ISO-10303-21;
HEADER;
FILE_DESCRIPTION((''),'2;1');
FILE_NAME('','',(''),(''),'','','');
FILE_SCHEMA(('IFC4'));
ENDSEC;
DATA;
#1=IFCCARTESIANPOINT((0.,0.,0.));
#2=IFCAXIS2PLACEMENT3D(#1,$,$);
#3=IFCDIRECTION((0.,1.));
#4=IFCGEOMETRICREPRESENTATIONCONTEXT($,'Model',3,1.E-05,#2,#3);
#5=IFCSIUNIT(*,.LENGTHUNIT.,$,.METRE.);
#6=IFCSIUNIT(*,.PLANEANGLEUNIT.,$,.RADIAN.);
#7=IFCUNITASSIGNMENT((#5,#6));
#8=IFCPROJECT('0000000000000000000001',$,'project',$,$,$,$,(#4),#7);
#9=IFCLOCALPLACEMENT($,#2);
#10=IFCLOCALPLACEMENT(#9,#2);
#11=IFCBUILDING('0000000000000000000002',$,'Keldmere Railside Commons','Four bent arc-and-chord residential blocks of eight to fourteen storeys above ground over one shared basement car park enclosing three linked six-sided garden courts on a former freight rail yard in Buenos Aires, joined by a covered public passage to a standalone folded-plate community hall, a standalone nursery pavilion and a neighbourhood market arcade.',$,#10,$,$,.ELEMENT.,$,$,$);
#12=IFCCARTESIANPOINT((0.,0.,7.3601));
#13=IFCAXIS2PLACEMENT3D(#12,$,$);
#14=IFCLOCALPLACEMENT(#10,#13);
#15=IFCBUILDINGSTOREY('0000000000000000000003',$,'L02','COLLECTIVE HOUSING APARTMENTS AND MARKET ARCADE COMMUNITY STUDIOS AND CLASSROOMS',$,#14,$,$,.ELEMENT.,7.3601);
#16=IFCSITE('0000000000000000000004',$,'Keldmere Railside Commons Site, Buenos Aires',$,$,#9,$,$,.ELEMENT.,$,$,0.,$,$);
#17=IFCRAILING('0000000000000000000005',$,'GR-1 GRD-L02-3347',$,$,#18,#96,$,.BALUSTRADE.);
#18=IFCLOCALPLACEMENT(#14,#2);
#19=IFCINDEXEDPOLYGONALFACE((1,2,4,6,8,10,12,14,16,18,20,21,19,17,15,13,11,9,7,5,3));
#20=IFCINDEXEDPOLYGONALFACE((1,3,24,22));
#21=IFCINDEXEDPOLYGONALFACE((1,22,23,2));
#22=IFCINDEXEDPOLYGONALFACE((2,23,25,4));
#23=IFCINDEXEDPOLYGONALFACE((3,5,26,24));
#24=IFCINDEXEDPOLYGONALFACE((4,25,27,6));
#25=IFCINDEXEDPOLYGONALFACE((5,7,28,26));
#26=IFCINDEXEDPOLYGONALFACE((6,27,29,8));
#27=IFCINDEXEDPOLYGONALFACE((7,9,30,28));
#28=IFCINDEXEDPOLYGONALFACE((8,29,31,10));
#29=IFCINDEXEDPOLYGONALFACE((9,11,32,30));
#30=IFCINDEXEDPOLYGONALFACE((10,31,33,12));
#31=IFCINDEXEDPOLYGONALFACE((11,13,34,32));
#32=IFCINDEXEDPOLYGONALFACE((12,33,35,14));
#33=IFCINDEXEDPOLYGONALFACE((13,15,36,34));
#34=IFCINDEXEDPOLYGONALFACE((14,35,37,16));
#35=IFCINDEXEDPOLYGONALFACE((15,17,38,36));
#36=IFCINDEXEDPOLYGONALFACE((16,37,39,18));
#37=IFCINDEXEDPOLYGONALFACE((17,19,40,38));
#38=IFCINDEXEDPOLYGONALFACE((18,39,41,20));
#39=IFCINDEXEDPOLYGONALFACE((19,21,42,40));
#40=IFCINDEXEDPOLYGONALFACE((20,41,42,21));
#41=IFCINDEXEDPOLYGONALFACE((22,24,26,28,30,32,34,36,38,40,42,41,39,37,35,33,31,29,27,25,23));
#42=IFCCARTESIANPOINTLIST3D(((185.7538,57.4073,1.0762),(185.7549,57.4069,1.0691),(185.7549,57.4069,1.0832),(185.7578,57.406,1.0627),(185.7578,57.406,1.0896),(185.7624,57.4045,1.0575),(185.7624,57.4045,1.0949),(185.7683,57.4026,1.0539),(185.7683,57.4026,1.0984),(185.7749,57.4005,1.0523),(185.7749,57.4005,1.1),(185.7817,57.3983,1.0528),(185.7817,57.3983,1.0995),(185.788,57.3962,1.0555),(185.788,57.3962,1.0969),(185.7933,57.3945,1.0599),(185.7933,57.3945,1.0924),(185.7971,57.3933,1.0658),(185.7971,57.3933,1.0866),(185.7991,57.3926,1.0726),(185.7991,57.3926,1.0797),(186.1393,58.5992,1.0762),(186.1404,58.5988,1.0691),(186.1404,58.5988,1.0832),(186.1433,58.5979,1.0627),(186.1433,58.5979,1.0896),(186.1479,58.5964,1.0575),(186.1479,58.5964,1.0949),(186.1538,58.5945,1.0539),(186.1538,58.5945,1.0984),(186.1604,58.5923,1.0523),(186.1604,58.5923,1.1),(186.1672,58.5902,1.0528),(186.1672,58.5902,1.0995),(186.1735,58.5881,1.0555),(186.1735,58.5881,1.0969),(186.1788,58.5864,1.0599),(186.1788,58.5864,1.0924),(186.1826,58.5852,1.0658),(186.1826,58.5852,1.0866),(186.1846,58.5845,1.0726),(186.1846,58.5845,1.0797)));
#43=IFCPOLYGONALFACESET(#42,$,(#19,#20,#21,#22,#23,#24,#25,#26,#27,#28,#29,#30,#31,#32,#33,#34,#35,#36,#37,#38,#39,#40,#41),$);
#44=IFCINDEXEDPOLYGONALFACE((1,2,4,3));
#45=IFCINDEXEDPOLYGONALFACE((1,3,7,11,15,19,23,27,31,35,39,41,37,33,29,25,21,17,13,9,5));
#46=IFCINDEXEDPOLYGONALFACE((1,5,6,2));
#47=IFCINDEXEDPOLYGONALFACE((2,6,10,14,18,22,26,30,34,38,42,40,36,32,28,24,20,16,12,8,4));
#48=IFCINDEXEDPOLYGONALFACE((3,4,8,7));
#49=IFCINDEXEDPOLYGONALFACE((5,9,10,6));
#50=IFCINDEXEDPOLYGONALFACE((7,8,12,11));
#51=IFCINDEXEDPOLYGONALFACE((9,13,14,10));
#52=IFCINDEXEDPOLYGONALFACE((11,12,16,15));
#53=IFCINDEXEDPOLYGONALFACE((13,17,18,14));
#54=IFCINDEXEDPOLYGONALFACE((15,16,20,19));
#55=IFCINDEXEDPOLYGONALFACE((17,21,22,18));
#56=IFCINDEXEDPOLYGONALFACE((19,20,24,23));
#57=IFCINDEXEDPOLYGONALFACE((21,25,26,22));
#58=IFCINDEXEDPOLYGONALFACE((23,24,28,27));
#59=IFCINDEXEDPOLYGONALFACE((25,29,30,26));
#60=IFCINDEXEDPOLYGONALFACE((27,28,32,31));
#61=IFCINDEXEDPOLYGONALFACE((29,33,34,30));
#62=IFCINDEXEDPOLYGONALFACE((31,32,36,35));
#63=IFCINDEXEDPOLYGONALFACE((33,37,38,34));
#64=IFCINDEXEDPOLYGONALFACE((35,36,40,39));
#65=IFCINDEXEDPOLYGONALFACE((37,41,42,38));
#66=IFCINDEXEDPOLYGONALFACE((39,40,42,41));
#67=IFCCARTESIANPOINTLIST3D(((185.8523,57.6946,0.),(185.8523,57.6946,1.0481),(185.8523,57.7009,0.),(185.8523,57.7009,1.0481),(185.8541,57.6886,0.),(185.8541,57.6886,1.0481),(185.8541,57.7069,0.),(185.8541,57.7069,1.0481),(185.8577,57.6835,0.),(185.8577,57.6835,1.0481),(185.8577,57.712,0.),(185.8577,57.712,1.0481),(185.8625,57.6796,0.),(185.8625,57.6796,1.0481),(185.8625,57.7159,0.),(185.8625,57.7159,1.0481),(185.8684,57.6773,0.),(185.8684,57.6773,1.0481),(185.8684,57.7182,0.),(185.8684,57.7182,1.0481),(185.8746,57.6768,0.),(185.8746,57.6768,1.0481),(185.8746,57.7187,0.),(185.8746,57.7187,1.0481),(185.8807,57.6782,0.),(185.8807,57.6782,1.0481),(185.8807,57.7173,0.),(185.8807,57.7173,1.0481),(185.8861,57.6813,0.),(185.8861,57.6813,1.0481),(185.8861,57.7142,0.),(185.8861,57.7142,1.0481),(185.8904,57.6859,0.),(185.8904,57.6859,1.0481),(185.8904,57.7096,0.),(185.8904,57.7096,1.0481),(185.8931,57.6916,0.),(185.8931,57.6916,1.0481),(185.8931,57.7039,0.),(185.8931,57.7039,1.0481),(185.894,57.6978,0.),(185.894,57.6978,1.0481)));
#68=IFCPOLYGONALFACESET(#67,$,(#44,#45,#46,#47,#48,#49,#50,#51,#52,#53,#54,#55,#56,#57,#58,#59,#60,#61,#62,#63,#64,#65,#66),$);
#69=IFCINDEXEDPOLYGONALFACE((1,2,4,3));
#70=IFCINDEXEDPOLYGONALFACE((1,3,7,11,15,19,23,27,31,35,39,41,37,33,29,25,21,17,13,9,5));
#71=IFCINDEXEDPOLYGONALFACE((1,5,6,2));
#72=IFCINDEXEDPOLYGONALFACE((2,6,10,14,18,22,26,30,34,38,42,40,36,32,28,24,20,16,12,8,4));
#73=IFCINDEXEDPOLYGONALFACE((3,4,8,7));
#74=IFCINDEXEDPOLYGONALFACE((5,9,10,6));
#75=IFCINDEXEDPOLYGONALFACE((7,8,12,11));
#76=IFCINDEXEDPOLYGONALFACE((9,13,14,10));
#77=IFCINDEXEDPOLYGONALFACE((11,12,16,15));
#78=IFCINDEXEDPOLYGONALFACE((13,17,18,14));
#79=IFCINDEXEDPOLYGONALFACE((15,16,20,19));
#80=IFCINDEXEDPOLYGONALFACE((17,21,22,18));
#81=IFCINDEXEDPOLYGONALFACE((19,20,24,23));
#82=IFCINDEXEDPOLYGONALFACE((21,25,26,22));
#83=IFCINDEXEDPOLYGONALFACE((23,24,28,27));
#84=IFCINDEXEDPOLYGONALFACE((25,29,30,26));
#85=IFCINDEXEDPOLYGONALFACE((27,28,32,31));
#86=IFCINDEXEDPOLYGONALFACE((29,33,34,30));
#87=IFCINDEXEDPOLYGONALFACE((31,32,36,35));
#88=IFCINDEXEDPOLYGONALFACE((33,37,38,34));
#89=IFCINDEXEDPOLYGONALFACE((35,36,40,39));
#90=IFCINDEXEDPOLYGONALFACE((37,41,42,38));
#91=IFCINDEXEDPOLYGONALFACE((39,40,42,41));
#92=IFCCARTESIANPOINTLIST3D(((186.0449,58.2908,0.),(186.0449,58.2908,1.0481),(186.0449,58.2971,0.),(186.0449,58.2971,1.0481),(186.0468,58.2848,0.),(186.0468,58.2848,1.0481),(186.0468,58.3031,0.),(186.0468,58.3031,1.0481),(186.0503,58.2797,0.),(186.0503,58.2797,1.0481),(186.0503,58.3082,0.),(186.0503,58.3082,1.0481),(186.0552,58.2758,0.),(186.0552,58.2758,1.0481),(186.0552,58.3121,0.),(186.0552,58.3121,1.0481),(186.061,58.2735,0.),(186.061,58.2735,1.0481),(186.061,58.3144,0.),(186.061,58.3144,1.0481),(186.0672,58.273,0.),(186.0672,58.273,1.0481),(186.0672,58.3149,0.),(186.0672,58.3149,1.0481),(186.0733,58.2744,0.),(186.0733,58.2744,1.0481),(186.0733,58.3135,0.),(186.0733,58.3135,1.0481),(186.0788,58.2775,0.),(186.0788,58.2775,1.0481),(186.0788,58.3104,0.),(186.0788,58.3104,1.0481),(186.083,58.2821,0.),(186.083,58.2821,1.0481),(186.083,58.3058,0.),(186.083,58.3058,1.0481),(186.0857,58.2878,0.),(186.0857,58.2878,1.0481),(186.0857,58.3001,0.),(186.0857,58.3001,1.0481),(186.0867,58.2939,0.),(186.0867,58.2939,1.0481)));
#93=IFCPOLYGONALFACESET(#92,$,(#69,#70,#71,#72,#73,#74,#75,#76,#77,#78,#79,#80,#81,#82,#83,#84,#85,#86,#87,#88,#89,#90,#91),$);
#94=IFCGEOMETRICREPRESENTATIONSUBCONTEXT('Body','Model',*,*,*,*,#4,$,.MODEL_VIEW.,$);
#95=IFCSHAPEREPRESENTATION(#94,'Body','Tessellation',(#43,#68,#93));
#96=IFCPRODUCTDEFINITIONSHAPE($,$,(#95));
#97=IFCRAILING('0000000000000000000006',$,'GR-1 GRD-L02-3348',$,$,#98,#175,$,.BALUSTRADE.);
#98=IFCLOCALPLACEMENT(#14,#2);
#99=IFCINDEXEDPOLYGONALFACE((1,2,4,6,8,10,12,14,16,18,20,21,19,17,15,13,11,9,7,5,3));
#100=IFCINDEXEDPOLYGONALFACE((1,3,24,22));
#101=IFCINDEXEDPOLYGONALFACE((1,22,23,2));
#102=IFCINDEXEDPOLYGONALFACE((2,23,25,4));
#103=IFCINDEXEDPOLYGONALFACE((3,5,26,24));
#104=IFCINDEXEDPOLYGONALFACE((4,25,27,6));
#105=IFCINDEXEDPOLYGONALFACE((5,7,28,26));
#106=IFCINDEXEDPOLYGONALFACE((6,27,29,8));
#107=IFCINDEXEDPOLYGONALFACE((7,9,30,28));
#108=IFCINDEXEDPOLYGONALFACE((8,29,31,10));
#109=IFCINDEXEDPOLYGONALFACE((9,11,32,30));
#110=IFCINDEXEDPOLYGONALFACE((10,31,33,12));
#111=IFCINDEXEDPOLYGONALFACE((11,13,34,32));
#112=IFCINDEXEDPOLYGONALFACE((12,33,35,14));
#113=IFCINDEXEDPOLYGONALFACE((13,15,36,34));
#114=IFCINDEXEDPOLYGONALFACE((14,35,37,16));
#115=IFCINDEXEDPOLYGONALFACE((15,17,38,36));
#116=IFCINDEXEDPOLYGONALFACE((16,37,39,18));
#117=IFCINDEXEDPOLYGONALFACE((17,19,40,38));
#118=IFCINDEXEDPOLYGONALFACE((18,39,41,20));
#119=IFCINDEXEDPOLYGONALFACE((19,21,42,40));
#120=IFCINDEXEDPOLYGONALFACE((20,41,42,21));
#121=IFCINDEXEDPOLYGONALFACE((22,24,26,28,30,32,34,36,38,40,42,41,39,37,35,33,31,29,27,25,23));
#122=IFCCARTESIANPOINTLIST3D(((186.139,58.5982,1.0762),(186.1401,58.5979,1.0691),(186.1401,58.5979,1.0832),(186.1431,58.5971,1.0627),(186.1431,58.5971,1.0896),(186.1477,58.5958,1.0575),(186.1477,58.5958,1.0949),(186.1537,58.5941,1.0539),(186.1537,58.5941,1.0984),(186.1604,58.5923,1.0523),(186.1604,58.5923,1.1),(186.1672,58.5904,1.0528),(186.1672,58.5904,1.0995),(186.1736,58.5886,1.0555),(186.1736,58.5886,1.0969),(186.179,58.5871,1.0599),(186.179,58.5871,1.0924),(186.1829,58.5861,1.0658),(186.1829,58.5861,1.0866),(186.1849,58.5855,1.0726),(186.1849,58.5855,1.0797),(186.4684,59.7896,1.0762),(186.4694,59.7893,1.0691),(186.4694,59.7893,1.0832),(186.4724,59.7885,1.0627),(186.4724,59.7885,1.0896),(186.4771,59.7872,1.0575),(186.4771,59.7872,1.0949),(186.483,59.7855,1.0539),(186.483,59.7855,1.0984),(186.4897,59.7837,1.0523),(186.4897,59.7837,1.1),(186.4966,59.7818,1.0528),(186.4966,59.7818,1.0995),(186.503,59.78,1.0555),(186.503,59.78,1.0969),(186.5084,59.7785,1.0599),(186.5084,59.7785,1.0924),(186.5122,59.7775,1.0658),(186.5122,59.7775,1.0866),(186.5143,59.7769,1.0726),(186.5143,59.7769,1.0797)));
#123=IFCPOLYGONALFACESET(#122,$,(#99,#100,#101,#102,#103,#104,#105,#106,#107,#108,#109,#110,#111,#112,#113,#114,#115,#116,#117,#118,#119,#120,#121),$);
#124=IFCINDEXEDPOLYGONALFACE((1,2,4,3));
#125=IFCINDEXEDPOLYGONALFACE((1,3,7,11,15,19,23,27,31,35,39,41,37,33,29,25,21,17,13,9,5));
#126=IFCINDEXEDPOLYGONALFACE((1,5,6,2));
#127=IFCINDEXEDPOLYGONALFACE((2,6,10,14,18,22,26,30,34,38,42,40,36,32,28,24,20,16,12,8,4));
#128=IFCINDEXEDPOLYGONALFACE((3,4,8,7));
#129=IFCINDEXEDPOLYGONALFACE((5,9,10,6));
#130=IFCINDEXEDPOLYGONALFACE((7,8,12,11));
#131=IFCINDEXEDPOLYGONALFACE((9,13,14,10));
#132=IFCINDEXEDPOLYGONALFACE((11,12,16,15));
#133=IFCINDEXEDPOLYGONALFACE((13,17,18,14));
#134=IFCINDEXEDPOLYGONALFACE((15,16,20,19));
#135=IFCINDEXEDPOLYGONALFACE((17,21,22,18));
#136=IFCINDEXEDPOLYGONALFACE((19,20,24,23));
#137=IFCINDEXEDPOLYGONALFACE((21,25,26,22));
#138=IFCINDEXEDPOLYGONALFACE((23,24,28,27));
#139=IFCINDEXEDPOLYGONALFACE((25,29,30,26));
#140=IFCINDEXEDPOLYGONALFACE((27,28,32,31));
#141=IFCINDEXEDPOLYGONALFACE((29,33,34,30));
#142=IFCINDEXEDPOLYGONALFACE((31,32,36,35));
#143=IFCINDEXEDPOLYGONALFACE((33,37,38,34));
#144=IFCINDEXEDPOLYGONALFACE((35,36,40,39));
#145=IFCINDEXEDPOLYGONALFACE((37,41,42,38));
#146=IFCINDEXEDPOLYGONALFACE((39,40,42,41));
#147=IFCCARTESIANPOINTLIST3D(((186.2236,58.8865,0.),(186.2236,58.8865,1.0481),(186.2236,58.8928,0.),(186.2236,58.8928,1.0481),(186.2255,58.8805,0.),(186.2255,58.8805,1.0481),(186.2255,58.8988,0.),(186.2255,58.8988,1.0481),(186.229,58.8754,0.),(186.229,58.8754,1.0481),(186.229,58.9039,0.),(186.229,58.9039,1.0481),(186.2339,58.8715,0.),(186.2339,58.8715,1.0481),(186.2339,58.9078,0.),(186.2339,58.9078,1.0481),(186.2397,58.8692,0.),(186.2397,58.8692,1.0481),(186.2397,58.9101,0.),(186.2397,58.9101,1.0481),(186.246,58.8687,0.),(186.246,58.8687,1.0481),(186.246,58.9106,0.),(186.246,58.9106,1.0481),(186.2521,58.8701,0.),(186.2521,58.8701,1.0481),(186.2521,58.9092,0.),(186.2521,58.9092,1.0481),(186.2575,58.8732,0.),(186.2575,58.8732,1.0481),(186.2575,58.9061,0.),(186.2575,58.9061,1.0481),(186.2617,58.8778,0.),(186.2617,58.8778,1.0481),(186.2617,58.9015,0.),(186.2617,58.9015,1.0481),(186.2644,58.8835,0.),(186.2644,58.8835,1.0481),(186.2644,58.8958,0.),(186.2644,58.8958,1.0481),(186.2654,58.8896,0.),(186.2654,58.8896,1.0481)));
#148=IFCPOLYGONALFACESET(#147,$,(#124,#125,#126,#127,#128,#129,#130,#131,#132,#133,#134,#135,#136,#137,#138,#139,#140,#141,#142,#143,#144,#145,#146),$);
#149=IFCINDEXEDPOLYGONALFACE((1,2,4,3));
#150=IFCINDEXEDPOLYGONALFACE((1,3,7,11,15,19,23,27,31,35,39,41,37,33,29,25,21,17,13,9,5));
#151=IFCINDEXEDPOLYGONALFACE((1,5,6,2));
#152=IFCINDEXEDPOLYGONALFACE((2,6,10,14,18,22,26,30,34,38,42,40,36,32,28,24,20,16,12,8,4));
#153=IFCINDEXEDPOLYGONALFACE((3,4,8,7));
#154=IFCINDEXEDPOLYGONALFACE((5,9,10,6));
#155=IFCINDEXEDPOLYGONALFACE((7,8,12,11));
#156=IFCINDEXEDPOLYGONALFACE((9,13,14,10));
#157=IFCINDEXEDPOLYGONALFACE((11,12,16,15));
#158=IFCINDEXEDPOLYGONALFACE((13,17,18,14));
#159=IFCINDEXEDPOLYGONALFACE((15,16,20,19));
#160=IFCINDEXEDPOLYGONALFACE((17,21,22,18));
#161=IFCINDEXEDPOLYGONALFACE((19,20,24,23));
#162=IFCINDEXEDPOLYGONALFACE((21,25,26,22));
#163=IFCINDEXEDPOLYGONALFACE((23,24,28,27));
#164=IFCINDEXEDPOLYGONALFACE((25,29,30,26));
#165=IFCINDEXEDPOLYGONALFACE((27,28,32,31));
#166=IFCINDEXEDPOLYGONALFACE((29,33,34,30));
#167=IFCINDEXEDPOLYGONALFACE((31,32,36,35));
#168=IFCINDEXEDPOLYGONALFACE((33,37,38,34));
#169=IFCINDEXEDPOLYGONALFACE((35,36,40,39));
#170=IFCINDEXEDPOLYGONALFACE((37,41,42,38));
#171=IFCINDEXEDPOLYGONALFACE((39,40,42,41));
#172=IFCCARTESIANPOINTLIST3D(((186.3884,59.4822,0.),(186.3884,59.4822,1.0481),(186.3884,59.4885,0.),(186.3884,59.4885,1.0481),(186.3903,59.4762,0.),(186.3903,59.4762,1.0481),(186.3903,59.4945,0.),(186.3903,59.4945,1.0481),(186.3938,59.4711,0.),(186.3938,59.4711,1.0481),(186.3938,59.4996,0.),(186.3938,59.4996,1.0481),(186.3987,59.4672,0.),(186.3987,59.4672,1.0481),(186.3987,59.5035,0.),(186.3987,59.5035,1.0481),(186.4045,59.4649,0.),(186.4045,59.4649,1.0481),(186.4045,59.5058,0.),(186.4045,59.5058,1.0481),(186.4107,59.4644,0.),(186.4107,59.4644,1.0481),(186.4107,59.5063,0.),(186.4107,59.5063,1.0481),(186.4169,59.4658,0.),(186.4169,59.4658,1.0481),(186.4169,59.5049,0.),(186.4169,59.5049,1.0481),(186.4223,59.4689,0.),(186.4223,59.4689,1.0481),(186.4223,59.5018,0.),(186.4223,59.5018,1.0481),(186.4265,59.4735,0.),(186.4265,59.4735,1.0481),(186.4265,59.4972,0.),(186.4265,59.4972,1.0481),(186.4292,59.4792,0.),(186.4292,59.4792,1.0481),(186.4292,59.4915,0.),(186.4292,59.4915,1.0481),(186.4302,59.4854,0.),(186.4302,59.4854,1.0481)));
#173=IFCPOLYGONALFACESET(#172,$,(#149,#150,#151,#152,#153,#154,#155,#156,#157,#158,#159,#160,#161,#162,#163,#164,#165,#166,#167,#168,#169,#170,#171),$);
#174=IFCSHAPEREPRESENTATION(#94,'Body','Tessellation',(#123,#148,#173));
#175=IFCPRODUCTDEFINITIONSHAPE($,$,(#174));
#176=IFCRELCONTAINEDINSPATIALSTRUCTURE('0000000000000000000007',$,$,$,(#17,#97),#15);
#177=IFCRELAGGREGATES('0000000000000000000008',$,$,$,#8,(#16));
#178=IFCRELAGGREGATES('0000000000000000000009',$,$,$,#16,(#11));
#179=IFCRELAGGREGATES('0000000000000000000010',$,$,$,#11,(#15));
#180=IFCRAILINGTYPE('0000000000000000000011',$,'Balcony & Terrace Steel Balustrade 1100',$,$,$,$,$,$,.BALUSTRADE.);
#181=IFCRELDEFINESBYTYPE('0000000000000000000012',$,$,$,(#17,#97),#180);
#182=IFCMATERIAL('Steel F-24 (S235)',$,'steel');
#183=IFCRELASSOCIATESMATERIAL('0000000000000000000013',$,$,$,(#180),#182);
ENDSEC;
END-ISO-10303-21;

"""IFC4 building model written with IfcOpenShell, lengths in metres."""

from ifc_helpers import new_model, si_unit, direction, frame, origin, origin_2d, place, context, subcontext, project, spatial, circle, extrude, material, type_object, element, save


model = new_model("IFC4")

# Units and contexts
model_context = context("Model", 3, precision=1e-05, world=origin(), true_north=direction((0.0, 1.0)))
body_context = subcontext(model_context, "Body", "Model", "MODEL_VIEW")
ifc_project = project(units=[si_unit("LENGTHUNIT", "METRE"), si_unit("PLANEANGLEUNIT", "RADIAN")], contexts=[model_context])

# Site, building, storey
site_placement = place(None, origin())
site = spatial("IfcSite", under=ifc_project, at=site_placement, Name="Keldmere Railside Commons Site, Buenos Aires", CompositionType="ELEMENT", RefElevation=0.0)
building_placement = place(site_placement, origin())
building = spatial("IfcBuilding", under=site, at=building_placement, Name="Keldmere Railside Commons", Description="Four bent arc-and-chord residential blocks of eight to fourteen storeys above ground over one shared basement car park enclosing three linked six-sided garden courts on a former freight rail yard in Buenos Aires, joined by a covered public passage to a standalone folded-plate community hall, a standalone nursery pavilion and a neighbourhood market arcade.", CompositionType="ELEMENT")
storey_placement = place(building_placement, frame((0.0, 0.0, 7.3601)))
storey = spatial("IfcBuildingStorey", under=building, at=storey_placement, Name="L02", Description="COLLECTIVE HOUSING APARTMENTS AND MARKET ARCADE COMMUNITY STUDIOS AND CLASSROOMS", CompositionType="ELEMENT", Elevation=7.3601)

# Shared definitions
ifc_material_1 = material(Name="Steel F-24 (S235)", Category="steel")

# Railings
railing_type_1 = type_object("IfcRailingType", Name="Balcony & Terrace Steel Balustrade 1100", PredefinedType="BALUSTRADE", material=ifc_material_1)
railing_1_placement = place(storey_placement, frame((185.7766, 57.3999, 0.0)))
element("IfcRailing", 1, at=railing_1_placement, inside=storey, type_object=railing_type_1, Name="GR-1 GRD-L02-3347", PredefinedType="BALUSTRADE", context=body_context, shape_type="SweptSolid", body=[
    extrude(circle(Radius=0.0239, at=origin_2d()), frame((0.0, 0.0, 1.0762), z_axis=(0.307737, 0.951471, 0.0), x_axis=(-0.951471, 0.307737, 0.0)), (0.0, 0.0, 1.0), 1.2527),
    extrude(circle(Radius=0.021, at=origin_2d()), frame((0.0964, 0.2979, 0.0)), (0.0, 0.0, 1.0), 1.0481),
    extrude(circle(Radius=0.021, at=origin_2d()), frame((0.2891, 0.894, 0.0)), (0.0, 0.0, 1.0), 1.0481),
])
railing_2_placement = place(storey_placement, frame((186.1621, 58.5918, 0.0)))
element("IfcRailing", 2, at=railing_2_placement, inside=storey, type_object=railing_type_1, Name="GR-1 GRD-L02-3348", PredefinedType="BALUSTRADE", context=body_context, shape_type="SweptSolid", body=[
    extrude(circle(Radius=0.0239, at=origin_2d()), frame((0.0, 0.0, 1.0762), z_axis=(0.266442, 0.963851, 0.0), x_axis=(-0.963851, 0.266442, 0.0)), (0.0, 0.0, 1.0), 1.2361),
    extrude(circle(Radius=0.021, at=origin_2d()), frame((0.0823, 0.2979, 0.0)), (0.0, 0.0, 1.0), 1.0481),
    extrude(circle(Radius=0.021, at=origin_2d()), frame((0.2471, 0.8936, 0.0)), (0.0, 0.0, 1.0), 1.0481),
])

save(model, "model.ifc")
